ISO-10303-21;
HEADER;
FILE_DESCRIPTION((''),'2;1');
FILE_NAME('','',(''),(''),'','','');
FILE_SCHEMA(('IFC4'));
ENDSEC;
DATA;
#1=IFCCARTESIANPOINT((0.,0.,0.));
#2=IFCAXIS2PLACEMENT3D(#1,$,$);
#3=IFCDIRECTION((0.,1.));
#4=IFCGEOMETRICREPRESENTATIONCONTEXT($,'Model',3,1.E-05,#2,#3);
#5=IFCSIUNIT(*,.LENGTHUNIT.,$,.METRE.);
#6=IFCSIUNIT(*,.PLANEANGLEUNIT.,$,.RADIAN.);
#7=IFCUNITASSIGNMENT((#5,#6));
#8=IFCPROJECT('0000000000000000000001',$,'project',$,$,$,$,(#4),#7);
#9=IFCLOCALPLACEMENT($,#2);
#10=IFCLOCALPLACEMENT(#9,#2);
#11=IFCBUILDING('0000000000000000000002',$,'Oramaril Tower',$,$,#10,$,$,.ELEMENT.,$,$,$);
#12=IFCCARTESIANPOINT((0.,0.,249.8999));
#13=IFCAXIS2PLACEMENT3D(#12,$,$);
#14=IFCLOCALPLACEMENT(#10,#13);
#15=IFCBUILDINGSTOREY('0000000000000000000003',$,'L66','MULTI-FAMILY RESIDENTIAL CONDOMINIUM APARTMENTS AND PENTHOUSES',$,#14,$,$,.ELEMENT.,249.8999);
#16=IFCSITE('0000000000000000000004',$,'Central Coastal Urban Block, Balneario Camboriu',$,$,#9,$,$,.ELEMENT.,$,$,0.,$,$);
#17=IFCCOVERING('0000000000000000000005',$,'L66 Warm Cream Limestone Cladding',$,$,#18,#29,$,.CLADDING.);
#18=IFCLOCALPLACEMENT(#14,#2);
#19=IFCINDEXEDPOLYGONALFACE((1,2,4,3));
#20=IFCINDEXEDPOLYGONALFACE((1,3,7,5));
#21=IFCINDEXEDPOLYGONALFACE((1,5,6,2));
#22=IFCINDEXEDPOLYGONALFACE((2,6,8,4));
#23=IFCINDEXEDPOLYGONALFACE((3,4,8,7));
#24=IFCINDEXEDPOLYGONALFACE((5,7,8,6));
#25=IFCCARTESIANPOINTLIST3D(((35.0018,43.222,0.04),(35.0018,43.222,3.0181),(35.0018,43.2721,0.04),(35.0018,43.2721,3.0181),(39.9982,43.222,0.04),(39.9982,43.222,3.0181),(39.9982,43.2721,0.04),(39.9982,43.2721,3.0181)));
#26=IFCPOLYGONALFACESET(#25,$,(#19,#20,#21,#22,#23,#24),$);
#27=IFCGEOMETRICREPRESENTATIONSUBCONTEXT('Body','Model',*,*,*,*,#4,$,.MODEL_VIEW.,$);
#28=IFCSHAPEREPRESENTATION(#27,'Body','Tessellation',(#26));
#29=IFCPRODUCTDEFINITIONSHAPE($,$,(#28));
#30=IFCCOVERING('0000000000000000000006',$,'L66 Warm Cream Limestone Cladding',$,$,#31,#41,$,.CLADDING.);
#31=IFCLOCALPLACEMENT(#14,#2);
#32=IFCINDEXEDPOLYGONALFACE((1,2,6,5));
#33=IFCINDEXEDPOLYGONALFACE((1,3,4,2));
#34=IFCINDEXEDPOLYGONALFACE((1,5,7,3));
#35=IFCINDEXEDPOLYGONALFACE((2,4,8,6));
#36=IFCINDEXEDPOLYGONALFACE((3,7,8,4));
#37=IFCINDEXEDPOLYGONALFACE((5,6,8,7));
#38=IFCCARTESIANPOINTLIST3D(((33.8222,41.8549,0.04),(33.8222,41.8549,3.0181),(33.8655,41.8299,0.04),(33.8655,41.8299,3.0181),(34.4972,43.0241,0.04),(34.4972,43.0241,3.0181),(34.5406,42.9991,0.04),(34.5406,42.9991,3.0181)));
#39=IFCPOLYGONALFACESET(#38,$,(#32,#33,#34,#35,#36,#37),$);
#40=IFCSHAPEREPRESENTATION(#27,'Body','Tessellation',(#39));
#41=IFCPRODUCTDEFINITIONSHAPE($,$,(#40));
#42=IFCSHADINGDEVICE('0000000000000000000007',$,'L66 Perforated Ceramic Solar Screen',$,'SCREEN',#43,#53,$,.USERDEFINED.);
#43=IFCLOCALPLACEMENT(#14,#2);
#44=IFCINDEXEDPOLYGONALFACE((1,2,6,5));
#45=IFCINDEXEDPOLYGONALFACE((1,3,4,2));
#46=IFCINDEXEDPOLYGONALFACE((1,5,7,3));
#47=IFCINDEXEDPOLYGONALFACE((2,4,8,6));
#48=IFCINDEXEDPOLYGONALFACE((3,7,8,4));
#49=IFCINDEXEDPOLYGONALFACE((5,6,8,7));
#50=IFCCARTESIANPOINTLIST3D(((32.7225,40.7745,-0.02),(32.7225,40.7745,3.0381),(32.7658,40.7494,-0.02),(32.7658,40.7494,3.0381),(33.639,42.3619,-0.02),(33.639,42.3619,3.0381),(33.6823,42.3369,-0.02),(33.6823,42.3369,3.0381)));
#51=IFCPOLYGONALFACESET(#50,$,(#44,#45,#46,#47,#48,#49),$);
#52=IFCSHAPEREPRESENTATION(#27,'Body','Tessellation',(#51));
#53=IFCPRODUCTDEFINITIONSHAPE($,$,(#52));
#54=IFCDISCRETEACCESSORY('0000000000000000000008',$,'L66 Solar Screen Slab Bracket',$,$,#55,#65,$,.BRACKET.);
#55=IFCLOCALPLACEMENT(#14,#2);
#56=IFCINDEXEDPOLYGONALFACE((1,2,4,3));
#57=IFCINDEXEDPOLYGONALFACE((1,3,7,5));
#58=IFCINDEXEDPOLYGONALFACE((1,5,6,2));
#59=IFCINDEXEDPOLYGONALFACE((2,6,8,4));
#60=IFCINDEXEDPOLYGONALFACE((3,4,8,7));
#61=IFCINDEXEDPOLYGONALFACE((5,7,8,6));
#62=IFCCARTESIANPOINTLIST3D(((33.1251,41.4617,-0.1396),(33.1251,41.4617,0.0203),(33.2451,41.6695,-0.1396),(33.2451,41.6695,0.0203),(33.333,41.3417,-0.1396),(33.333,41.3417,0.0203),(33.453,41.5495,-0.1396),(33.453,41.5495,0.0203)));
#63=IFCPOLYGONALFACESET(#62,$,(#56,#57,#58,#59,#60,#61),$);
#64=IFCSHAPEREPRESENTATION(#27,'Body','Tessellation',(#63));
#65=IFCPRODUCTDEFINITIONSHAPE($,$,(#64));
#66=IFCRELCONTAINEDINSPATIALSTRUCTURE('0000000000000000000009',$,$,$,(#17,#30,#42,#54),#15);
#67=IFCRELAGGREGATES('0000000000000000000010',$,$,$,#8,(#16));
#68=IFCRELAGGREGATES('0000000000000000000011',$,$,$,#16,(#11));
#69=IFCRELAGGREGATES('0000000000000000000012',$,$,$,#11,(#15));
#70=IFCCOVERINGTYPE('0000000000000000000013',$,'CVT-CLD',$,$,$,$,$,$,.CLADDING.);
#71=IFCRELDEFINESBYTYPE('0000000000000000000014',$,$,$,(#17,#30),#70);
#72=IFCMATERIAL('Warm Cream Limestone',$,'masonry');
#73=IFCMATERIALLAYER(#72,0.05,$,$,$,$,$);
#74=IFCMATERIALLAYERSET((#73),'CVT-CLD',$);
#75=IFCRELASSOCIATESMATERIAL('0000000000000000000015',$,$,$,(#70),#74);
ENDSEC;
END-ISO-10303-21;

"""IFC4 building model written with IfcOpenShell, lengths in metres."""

from ifc_helpers import new_model, si_unit, direction, frame, origin, origin_2d, place, context, subcontext, project, spatial, rectangle, extrude, material, layer, layer_set, type_object, element, save


model = new_model("IFC4")

# Units and contexts
model_context = context("Model", 3, precision=1e-05, world=origin(), true_north=direction((0.0, 1.0)))
body_context = subcontext(model_context, "Body", "Model", "MODEL_VIEW")
ifc_project = project(units=[si_unit("LENGTHUNIT", "METRE"), si_unit("PLANEANGLEUNIT", "RADIAN")], contexts=[model_context])

# Site, building, storey
site_placement = place(None, origin())
site = spatial("IfcSite", under=ifc_project, at=site_placement, Name="Central Coastal Urban Block, Balneario Camboriu", CompositionType="ELEMENT", RefElevation=0.0)
building_placement = place(site_placement, origin())
building = spatial("IfcBuilding", under=site, at=building_placement, Name="Oramaril Tower", CompositionType="ELEMENT")
storey_placement = place(building_placement, frame((0.0, 0.0, 249.8999)))
storey = spatial("IfcBuildingStorey", under=building, at=storey_placement, Name="L66", Description="MULTI-FAMILY RESIDENTIAL CONDOMINIUM APARTMENTS AND PENTHOUSES", CompositionType="ELEMENT", Elevation=249.8999)

# Coverings
ifc_material_1 = material(Name="Warm Cream Limestone", Category="masonry")
ifc_layer_1 = layer(ifc_material_1, 0.05)
ifc_layer_set_1 = layer_set([ifc_layer_1], Name="CVT-CLD")
covering_type = type_object("IfcCoveringType", Name="CVT-CLD", PredefinedType="CLADDING", material=ifc_layer_set_1)
covering_1_placement = place(storey_placement, frame((37.5, 43.2471, 0.04), z_axis=(0.0, 0.0, 1.0), x_axis=(-1.0, 0.0, 0.0)))
element("IfcCovering", 1, at=covering_1_placement, inside=storey, type_object=covering_type, Name="L66 Warm Cream Limestone Cladding", PredefinedType="CLADDING", context=body_context, shape_type="SweptSolid", body=[
    extrude(rectangle(XDim=4.9963, YDim=0.05, at=origin_2d()), origin(), (0.0, 0.0, 1.0), 2.978),
])
covering_2_placement = place(storey_placement, frame((34.1814, 42.427, 0.04), z_axis=(0.0, 0.0, 1.0), x_axis=(-0.499998, -0.866026, 0.0)))
element("IfcCovering", 2, at=covering_2_placement, inside=storey, type_object=covering_type, Name="L66 Warm Cream Limestone Cladding", PredefinedType="CLADDING", context=body_context, shape_type="SweptSolid", body=[
    extrude(rectangle(XDim=1.3501, YDim=0.05, at=origin_2d()), origin(), (0.0, 0.0, 1.0), 2.978),
])

# Shading device
shading_device_placement = place(storey_placement, frame((33.2024, 41.5557, -0.02), z_axis=(0.0, 0.0, 1.0), x_axis=(-0.499998, -0.866026, 0.0)))
element("IfcShadingDevice", 3, at=shading_device_placement, inside=storey, Name="L66 Perforated Ceramic Solar Screen", ObjectType="SCREEN", PredefinedType="USERDEFINED", context=body_context, shape_type="SweptSolid", body=[
    extrude(rectangle(XDim=1.833, YDim=0.05, at=origin_2d()), origin(), (0.0, 0.0, 1.0), 3.0581),
])

# Discrete accessory
discrete_accessory_placement = place(storey_placement, frame((33.2891, 41.5056, -0.1396), z_axis=(0.0, 0.0, 1.0), x_axis=(-0.499998, -0.866026, 0.0)))
element("IfcDiscreteAccessory", 4, at=discrete_accessory_placement, inside=storey, Name="L66 Solar Screen Slab Bracket", PredefinedType="BRACKET", context=body_context, shape_type="SweptSolid", body=[
    extrude(rectangle(XDim=0.24, YDim=0.24, at=origin_2d()), origin(), (0.0, 0.0, 1.0), 0.1599),
])

save(model, "model.ifc")
